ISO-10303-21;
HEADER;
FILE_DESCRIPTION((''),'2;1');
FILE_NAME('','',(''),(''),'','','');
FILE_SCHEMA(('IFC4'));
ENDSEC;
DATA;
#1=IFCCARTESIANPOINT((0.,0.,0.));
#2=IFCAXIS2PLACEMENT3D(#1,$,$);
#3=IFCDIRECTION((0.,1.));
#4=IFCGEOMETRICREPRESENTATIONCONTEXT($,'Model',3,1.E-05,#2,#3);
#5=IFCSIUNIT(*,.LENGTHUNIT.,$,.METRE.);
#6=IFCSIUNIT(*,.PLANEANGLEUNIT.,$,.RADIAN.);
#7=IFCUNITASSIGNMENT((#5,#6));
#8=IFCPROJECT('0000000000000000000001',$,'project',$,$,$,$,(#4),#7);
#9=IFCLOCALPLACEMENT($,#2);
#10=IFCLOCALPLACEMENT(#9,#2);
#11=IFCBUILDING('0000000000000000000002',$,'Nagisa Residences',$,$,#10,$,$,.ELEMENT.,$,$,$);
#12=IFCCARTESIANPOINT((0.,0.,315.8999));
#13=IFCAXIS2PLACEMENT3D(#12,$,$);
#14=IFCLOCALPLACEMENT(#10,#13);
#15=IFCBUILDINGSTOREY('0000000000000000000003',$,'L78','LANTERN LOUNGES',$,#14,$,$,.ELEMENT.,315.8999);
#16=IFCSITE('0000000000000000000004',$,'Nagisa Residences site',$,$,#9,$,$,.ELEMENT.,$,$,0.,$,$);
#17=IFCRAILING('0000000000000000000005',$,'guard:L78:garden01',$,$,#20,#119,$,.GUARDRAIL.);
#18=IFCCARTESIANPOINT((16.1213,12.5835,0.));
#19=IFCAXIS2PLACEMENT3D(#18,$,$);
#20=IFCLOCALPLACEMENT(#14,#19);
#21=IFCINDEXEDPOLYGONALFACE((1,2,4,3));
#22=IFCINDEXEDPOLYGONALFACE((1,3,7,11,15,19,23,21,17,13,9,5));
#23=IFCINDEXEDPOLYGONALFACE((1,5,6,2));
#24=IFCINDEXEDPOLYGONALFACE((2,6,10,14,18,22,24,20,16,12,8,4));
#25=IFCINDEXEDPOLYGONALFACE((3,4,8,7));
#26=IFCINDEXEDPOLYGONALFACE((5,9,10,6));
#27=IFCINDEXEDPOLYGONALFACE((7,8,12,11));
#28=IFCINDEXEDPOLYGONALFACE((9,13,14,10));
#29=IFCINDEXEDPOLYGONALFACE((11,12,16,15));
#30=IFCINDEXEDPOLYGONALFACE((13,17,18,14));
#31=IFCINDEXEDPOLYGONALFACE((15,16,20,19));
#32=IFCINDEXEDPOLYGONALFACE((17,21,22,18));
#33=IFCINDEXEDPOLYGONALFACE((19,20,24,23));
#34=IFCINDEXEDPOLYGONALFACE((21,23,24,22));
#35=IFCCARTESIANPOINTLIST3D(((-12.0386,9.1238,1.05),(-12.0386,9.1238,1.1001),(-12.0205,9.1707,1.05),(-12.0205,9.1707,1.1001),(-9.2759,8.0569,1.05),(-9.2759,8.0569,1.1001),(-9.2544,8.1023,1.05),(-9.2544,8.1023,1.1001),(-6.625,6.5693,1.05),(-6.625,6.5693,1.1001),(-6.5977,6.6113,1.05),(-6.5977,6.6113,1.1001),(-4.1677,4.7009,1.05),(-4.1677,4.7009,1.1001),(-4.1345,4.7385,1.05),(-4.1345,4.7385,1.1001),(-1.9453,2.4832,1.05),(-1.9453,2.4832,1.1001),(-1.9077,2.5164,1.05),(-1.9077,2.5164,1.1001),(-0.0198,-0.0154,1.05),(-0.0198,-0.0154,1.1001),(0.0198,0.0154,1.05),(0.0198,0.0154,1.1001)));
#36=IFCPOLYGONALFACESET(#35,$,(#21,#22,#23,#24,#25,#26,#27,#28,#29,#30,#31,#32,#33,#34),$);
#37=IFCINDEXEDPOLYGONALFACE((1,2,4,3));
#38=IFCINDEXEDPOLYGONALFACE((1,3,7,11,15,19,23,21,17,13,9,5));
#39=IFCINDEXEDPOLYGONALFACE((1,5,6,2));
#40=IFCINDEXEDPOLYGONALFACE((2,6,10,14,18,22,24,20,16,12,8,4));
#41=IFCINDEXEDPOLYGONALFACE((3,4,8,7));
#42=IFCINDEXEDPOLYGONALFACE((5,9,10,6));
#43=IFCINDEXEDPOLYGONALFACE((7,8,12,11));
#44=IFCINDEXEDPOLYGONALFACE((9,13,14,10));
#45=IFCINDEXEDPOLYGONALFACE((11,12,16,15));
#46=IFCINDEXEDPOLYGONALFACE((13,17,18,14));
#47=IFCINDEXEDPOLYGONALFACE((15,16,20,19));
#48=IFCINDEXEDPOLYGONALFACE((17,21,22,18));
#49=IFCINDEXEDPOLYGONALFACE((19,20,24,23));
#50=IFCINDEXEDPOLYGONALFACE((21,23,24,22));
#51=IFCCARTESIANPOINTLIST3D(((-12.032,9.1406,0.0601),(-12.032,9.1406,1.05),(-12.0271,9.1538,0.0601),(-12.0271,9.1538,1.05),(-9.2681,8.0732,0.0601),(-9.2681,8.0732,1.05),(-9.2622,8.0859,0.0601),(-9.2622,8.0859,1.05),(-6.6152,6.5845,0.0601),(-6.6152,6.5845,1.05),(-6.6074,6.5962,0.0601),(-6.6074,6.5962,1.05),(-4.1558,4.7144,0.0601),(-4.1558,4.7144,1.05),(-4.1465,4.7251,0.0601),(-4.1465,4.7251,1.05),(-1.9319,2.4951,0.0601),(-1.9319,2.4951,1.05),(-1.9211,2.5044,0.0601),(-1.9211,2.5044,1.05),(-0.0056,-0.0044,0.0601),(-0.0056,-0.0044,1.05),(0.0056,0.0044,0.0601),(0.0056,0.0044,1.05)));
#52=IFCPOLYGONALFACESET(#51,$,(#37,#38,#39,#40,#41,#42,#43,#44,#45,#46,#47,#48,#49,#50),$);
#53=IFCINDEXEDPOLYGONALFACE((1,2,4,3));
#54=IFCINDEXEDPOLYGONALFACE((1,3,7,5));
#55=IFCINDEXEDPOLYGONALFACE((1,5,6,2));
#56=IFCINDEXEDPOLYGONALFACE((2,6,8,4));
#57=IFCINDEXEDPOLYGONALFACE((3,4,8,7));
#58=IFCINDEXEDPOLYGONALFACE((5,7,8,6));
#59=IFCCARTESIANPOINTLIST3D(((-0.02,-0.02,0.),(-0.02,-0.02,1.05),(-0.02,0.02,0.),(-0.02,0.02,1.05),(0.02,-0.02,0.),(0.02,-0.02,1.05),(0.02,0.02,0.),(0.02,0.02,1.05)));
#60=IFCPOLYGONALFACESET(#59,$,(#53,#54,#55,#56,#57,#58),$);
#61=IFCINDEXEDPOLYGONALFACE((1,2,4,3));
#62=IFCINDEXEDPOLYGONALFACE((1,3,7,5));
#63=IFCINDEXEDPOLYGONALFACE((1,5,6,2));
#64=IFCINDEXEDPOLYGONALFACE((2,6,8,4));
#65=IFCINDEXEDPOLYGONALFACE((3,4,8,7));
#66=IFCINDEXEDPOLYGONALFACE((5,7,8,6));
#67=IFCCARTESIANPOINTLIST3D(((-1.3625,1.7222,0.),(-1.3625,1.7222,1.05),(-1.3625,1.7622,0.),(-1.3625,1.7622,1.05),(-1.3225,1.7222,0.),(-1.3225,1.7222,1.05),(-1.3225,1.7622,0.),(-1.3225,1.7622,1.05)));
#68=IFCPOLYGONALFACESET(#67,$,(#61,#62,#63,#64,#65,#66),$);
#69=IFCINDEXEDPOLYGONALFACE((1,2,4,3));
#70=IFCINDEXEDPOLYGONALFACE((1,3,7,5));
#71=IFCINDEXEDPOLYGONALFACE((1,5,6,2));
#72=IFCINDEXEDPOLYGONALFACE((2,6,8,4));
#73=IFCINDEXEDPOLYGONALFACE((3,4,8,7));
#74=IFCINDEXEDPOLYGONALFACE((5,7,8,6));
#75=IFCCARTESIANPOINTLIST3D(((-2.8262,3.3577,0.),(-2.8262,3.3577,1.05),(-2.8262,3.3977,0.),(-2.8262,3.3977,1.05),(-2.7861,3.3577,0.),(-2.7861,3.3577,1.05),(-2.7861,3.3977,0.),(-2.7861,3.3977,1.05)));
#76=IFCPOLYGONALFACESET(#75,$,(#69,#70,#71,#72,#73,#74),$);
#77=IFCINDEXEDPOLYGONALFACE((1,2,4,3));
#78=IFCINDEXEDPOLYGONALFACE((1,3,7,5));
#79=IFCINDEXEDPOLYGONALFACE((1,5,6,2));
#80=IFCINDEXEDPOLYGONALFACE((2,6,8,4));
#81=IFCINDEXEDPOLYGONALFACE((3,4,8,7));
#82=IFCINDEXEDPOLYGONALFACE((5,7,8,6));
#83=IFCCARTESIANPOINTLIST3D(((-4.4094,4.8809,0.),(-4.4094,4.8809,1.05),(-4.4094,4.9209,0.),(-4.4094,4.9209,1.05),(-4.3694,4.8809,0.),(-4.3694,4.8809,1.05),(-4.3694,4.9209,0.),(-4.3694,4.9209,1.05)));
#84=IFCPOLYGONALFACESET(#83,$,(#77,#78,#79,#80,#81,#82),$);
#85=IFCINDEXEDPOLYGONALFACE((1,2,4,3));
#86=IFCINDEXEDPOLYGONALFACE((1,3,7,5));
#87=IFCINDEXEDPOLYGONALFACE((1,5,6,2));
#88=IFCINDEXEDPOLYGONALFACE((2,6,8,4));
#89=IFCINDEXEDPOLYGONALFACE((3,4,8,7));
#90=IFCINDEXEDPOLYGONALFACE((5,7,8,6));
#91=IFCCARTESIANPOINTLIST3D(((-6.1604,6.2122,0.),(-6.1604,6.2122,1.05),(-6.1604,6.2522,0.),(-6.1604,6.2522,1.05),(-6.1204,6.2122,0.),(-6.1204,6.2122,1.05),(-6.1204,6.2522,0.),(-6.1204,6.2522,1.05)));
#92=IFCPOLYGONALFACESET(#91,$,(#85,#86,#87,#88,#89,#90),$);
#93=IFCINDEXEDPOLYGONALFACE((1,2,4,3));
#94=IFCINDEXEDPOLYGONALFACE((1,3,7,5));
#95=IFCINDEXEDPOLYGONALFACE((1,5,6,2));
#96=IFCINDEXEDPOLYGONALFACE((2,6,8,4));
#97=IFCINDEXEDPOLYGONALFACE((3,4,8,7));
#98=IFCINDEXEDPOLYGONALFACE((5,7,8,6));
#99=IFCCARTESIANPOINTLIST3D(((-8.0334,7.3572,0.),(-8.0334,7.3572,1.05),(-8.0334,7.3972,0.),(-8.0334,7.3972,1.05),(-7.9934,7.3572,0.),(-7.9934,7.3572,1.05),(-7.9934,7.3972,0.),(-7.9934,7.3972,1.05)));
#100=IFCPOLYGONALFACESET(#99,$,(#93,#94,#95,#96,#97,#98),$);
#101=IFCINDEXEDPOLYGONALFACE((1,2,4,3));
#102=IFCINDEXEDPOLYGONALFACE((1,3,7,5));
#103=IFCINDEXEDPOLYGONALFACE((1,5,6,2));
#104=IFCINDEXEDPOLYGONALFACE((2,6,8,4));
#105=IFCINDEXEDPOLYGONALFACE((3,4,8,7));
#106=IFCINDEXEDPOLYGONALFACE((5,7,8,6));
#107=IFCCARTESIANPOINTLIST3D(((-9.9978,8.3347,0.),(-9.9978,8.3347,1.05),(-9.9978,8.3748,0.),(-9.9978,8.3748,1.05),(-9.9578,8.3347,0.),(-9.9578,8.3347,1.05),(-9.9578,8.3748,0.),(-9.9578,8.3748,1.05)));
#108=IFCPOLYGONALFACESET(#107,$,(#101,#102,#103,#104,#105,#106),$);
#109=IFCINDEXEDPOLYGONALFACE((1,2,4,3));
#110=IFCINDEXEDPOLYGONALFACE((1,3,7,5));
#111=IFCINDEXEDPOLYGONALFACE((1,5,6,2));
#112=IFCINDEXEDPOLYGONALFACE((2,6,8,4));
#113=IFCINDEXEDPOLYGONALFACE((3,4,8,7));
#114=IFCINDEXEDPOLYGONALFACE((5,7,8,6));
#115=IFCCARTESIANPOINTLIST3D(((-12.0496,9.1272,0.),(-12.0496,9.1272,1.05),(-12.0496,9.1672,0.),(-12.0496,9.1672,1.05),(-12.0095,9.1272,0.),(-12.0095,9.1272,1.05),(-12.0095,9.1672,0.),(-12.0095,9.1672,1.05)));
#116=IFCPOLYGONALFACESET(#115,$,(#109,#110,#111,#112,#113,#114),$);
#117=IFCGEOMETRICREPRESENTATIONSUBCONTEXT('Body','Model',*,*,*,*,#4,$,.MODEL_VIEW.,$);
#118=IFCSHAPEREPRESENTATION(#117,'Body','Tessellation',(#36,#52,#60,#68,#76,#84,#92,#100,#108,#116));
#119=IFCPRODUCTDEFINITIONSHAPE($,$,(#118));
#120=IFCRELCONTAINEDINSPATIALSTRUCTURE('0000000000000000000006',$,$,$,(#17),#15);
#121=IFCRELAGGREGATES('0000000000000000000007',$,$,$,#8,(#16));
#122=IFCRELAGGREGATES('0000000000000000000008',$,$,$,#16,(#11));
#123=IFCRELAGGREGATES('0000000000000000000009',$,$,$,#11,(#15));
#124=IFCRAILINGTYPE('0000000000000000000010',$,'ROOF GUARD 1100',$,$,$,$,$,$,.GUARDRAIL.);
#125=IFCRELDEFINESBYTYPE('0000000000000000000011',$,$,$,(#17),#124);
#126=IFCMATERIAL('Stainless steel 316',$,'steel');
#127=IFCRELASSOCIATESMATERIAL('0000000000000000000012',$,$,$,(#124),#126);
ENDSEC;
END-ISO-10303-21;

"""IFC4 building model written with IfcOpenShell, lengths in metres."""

from ifc_helpers import new_model, si_unit, direction, frame, origin, origin_2d, place, context, subcontext, project, spatial, polyline, rectangle, outline, extrude, material, type_object, element, save


model = new_model("IFC4")

# Units and contexts
model_context = context("Model", 3, precision=1e-05, world=origin(), true_north=direction((0.0, 1.0)))
body_context = subcontext(model_context, "Body", "Model", "MODEL_VIEW")
ifc_project = project(units=[si_unit("LENGTHUNIT", "METRE"), si_unit("PLANEANGLEUNIT", "RADIAN")], contexts=[model_context])

# Site, building, storey
site_placement = place(None, origin())
site = spatial("IfcSite", under=ifc_project, at=site_placement, Name="Nagisa Residences site", CompositionType="ELEMENT", RefElevation=0.0)
building_placement = place(site_placement, origin())
building = spatial("IfcBuilding", under=site, at=building_placement, Name="Nagisa Residences", CompositionType="ELEMENT")
storey_placement = place(building_placement, frame((0.0, 0.0, 315.8999)))
storey = spatial("IfcBuildingStorey", under=building, at=storey_placement, Name="L78", Description="LANTERN LOUNGES", CompositionType="ELEMENT", Elevation=315.8999)

# Railing
ifc_material_1 = material(Name="Stainless steel 316", Category="steel")
railing_type_1 = type_object("IfcRailingType", Name="ROOF GUARD 1100", PredefinedType="GUARDRAIL", material=ifc_material_1)
railing_1_placement = place(storey_placement, frame((16.1213, 12.5835, 0.0)))
element("IfcRailing", 1, at=railing_1_placement, inside=storey, type_object=railing_type_1, Name="guard:L78:garden01", PredefinedType="GUARDRAIL", context=body_context, shape_type="SweptSolid", body=[
    extrude(outline(polyline([(-1.9453, 2.4832), (-0.0198, -0.0154), (0.0198, 0.0154), (-1.9077, 2.5164), (-4.1345, 4.7385), (-6.5977, 6.6113), (-9.2544, 8.1023), (-12.0205, 9.1707), (-12.0386, 9.1238), (-9.2759, 8.0569), (-6.625, 6.5693), (-4.1677, 4.7009), (-1.9453, 2.4832)])), frame((0.0, 0.0, 1.05)), (0.0, 0.0, 1.0), 0.05),
    extrude(outline(polyline([(-1.9319, 2.4951), (-0.0056, -0.0044), (0.0056, 0.0044), (-1.9211, 2.5044), (-4.1465, 4.7251), (-6.6074, 6.5962), (-9.2622, 8.0859), (-12.0271, 9.1538), (-12.032, 9.1406), (-9.2681, 8.0732), (-6.6152, 6.5845), (-4.1558, 4.7144), (-1.9319, 2.4951)])), frame((0.0, 0.0, 0.0601)), (0.0, 0.0, 1.0), 0.99),
    extrude(rectangle(XDim=0.04, YDim=0.04, at=origin_2d()), origin(), (0.0, 0.0, 1.0), 1.05),
    extrude(rectangle(XDim=0.04, YDim=0.04, at=origin_2d()), frame((-1.3425, 1.7422, 0.0)), (0.0, 0.0, 1.0), 1.05),
    extrude(rectangle(XDim=0.04, YDim=0.04, at=origin_2d()), frame((-2.8062, 3.3777, 0.0)), (0.0, 0.0, 1.0), 1.05),
    extrude(rectangle(XDim=0.04, YDim=0.04, at=origin_2d()), frame((-4.3894, 4.9009, 0.0)), (0.0, 0.0, 1.0), 1.05),
    extrude(rectangle(XDim=0.04, YDim=0.04, at=origin_2d()), frame((-6.1404, 6.2322, 0.0)), (0.0, 0.0, 1.0), 1.05),
    extrude(rectangle(XDim=0.04, YDim=0.04, at=origin_2d()), frame((-8.0134, 7.3772, 0.0)), (0.0, 0.0, 1.0), 1.05),
    extrude(rectangle(XDim=0.04, YDim=0.04, at=origin_2d()), frame((-9.9778, 8.3547, 0.0)), (0.0, 0.0, 1.0), 1.05),
    extrude(rectangle(XDim=0.04, YDim=0.04, at=origin_2d()), frame((-12.0295, 9.1472, 0.0)), (0.0, 0.0, 1.0), 1.05),
])

save(model, "model.ifc")
